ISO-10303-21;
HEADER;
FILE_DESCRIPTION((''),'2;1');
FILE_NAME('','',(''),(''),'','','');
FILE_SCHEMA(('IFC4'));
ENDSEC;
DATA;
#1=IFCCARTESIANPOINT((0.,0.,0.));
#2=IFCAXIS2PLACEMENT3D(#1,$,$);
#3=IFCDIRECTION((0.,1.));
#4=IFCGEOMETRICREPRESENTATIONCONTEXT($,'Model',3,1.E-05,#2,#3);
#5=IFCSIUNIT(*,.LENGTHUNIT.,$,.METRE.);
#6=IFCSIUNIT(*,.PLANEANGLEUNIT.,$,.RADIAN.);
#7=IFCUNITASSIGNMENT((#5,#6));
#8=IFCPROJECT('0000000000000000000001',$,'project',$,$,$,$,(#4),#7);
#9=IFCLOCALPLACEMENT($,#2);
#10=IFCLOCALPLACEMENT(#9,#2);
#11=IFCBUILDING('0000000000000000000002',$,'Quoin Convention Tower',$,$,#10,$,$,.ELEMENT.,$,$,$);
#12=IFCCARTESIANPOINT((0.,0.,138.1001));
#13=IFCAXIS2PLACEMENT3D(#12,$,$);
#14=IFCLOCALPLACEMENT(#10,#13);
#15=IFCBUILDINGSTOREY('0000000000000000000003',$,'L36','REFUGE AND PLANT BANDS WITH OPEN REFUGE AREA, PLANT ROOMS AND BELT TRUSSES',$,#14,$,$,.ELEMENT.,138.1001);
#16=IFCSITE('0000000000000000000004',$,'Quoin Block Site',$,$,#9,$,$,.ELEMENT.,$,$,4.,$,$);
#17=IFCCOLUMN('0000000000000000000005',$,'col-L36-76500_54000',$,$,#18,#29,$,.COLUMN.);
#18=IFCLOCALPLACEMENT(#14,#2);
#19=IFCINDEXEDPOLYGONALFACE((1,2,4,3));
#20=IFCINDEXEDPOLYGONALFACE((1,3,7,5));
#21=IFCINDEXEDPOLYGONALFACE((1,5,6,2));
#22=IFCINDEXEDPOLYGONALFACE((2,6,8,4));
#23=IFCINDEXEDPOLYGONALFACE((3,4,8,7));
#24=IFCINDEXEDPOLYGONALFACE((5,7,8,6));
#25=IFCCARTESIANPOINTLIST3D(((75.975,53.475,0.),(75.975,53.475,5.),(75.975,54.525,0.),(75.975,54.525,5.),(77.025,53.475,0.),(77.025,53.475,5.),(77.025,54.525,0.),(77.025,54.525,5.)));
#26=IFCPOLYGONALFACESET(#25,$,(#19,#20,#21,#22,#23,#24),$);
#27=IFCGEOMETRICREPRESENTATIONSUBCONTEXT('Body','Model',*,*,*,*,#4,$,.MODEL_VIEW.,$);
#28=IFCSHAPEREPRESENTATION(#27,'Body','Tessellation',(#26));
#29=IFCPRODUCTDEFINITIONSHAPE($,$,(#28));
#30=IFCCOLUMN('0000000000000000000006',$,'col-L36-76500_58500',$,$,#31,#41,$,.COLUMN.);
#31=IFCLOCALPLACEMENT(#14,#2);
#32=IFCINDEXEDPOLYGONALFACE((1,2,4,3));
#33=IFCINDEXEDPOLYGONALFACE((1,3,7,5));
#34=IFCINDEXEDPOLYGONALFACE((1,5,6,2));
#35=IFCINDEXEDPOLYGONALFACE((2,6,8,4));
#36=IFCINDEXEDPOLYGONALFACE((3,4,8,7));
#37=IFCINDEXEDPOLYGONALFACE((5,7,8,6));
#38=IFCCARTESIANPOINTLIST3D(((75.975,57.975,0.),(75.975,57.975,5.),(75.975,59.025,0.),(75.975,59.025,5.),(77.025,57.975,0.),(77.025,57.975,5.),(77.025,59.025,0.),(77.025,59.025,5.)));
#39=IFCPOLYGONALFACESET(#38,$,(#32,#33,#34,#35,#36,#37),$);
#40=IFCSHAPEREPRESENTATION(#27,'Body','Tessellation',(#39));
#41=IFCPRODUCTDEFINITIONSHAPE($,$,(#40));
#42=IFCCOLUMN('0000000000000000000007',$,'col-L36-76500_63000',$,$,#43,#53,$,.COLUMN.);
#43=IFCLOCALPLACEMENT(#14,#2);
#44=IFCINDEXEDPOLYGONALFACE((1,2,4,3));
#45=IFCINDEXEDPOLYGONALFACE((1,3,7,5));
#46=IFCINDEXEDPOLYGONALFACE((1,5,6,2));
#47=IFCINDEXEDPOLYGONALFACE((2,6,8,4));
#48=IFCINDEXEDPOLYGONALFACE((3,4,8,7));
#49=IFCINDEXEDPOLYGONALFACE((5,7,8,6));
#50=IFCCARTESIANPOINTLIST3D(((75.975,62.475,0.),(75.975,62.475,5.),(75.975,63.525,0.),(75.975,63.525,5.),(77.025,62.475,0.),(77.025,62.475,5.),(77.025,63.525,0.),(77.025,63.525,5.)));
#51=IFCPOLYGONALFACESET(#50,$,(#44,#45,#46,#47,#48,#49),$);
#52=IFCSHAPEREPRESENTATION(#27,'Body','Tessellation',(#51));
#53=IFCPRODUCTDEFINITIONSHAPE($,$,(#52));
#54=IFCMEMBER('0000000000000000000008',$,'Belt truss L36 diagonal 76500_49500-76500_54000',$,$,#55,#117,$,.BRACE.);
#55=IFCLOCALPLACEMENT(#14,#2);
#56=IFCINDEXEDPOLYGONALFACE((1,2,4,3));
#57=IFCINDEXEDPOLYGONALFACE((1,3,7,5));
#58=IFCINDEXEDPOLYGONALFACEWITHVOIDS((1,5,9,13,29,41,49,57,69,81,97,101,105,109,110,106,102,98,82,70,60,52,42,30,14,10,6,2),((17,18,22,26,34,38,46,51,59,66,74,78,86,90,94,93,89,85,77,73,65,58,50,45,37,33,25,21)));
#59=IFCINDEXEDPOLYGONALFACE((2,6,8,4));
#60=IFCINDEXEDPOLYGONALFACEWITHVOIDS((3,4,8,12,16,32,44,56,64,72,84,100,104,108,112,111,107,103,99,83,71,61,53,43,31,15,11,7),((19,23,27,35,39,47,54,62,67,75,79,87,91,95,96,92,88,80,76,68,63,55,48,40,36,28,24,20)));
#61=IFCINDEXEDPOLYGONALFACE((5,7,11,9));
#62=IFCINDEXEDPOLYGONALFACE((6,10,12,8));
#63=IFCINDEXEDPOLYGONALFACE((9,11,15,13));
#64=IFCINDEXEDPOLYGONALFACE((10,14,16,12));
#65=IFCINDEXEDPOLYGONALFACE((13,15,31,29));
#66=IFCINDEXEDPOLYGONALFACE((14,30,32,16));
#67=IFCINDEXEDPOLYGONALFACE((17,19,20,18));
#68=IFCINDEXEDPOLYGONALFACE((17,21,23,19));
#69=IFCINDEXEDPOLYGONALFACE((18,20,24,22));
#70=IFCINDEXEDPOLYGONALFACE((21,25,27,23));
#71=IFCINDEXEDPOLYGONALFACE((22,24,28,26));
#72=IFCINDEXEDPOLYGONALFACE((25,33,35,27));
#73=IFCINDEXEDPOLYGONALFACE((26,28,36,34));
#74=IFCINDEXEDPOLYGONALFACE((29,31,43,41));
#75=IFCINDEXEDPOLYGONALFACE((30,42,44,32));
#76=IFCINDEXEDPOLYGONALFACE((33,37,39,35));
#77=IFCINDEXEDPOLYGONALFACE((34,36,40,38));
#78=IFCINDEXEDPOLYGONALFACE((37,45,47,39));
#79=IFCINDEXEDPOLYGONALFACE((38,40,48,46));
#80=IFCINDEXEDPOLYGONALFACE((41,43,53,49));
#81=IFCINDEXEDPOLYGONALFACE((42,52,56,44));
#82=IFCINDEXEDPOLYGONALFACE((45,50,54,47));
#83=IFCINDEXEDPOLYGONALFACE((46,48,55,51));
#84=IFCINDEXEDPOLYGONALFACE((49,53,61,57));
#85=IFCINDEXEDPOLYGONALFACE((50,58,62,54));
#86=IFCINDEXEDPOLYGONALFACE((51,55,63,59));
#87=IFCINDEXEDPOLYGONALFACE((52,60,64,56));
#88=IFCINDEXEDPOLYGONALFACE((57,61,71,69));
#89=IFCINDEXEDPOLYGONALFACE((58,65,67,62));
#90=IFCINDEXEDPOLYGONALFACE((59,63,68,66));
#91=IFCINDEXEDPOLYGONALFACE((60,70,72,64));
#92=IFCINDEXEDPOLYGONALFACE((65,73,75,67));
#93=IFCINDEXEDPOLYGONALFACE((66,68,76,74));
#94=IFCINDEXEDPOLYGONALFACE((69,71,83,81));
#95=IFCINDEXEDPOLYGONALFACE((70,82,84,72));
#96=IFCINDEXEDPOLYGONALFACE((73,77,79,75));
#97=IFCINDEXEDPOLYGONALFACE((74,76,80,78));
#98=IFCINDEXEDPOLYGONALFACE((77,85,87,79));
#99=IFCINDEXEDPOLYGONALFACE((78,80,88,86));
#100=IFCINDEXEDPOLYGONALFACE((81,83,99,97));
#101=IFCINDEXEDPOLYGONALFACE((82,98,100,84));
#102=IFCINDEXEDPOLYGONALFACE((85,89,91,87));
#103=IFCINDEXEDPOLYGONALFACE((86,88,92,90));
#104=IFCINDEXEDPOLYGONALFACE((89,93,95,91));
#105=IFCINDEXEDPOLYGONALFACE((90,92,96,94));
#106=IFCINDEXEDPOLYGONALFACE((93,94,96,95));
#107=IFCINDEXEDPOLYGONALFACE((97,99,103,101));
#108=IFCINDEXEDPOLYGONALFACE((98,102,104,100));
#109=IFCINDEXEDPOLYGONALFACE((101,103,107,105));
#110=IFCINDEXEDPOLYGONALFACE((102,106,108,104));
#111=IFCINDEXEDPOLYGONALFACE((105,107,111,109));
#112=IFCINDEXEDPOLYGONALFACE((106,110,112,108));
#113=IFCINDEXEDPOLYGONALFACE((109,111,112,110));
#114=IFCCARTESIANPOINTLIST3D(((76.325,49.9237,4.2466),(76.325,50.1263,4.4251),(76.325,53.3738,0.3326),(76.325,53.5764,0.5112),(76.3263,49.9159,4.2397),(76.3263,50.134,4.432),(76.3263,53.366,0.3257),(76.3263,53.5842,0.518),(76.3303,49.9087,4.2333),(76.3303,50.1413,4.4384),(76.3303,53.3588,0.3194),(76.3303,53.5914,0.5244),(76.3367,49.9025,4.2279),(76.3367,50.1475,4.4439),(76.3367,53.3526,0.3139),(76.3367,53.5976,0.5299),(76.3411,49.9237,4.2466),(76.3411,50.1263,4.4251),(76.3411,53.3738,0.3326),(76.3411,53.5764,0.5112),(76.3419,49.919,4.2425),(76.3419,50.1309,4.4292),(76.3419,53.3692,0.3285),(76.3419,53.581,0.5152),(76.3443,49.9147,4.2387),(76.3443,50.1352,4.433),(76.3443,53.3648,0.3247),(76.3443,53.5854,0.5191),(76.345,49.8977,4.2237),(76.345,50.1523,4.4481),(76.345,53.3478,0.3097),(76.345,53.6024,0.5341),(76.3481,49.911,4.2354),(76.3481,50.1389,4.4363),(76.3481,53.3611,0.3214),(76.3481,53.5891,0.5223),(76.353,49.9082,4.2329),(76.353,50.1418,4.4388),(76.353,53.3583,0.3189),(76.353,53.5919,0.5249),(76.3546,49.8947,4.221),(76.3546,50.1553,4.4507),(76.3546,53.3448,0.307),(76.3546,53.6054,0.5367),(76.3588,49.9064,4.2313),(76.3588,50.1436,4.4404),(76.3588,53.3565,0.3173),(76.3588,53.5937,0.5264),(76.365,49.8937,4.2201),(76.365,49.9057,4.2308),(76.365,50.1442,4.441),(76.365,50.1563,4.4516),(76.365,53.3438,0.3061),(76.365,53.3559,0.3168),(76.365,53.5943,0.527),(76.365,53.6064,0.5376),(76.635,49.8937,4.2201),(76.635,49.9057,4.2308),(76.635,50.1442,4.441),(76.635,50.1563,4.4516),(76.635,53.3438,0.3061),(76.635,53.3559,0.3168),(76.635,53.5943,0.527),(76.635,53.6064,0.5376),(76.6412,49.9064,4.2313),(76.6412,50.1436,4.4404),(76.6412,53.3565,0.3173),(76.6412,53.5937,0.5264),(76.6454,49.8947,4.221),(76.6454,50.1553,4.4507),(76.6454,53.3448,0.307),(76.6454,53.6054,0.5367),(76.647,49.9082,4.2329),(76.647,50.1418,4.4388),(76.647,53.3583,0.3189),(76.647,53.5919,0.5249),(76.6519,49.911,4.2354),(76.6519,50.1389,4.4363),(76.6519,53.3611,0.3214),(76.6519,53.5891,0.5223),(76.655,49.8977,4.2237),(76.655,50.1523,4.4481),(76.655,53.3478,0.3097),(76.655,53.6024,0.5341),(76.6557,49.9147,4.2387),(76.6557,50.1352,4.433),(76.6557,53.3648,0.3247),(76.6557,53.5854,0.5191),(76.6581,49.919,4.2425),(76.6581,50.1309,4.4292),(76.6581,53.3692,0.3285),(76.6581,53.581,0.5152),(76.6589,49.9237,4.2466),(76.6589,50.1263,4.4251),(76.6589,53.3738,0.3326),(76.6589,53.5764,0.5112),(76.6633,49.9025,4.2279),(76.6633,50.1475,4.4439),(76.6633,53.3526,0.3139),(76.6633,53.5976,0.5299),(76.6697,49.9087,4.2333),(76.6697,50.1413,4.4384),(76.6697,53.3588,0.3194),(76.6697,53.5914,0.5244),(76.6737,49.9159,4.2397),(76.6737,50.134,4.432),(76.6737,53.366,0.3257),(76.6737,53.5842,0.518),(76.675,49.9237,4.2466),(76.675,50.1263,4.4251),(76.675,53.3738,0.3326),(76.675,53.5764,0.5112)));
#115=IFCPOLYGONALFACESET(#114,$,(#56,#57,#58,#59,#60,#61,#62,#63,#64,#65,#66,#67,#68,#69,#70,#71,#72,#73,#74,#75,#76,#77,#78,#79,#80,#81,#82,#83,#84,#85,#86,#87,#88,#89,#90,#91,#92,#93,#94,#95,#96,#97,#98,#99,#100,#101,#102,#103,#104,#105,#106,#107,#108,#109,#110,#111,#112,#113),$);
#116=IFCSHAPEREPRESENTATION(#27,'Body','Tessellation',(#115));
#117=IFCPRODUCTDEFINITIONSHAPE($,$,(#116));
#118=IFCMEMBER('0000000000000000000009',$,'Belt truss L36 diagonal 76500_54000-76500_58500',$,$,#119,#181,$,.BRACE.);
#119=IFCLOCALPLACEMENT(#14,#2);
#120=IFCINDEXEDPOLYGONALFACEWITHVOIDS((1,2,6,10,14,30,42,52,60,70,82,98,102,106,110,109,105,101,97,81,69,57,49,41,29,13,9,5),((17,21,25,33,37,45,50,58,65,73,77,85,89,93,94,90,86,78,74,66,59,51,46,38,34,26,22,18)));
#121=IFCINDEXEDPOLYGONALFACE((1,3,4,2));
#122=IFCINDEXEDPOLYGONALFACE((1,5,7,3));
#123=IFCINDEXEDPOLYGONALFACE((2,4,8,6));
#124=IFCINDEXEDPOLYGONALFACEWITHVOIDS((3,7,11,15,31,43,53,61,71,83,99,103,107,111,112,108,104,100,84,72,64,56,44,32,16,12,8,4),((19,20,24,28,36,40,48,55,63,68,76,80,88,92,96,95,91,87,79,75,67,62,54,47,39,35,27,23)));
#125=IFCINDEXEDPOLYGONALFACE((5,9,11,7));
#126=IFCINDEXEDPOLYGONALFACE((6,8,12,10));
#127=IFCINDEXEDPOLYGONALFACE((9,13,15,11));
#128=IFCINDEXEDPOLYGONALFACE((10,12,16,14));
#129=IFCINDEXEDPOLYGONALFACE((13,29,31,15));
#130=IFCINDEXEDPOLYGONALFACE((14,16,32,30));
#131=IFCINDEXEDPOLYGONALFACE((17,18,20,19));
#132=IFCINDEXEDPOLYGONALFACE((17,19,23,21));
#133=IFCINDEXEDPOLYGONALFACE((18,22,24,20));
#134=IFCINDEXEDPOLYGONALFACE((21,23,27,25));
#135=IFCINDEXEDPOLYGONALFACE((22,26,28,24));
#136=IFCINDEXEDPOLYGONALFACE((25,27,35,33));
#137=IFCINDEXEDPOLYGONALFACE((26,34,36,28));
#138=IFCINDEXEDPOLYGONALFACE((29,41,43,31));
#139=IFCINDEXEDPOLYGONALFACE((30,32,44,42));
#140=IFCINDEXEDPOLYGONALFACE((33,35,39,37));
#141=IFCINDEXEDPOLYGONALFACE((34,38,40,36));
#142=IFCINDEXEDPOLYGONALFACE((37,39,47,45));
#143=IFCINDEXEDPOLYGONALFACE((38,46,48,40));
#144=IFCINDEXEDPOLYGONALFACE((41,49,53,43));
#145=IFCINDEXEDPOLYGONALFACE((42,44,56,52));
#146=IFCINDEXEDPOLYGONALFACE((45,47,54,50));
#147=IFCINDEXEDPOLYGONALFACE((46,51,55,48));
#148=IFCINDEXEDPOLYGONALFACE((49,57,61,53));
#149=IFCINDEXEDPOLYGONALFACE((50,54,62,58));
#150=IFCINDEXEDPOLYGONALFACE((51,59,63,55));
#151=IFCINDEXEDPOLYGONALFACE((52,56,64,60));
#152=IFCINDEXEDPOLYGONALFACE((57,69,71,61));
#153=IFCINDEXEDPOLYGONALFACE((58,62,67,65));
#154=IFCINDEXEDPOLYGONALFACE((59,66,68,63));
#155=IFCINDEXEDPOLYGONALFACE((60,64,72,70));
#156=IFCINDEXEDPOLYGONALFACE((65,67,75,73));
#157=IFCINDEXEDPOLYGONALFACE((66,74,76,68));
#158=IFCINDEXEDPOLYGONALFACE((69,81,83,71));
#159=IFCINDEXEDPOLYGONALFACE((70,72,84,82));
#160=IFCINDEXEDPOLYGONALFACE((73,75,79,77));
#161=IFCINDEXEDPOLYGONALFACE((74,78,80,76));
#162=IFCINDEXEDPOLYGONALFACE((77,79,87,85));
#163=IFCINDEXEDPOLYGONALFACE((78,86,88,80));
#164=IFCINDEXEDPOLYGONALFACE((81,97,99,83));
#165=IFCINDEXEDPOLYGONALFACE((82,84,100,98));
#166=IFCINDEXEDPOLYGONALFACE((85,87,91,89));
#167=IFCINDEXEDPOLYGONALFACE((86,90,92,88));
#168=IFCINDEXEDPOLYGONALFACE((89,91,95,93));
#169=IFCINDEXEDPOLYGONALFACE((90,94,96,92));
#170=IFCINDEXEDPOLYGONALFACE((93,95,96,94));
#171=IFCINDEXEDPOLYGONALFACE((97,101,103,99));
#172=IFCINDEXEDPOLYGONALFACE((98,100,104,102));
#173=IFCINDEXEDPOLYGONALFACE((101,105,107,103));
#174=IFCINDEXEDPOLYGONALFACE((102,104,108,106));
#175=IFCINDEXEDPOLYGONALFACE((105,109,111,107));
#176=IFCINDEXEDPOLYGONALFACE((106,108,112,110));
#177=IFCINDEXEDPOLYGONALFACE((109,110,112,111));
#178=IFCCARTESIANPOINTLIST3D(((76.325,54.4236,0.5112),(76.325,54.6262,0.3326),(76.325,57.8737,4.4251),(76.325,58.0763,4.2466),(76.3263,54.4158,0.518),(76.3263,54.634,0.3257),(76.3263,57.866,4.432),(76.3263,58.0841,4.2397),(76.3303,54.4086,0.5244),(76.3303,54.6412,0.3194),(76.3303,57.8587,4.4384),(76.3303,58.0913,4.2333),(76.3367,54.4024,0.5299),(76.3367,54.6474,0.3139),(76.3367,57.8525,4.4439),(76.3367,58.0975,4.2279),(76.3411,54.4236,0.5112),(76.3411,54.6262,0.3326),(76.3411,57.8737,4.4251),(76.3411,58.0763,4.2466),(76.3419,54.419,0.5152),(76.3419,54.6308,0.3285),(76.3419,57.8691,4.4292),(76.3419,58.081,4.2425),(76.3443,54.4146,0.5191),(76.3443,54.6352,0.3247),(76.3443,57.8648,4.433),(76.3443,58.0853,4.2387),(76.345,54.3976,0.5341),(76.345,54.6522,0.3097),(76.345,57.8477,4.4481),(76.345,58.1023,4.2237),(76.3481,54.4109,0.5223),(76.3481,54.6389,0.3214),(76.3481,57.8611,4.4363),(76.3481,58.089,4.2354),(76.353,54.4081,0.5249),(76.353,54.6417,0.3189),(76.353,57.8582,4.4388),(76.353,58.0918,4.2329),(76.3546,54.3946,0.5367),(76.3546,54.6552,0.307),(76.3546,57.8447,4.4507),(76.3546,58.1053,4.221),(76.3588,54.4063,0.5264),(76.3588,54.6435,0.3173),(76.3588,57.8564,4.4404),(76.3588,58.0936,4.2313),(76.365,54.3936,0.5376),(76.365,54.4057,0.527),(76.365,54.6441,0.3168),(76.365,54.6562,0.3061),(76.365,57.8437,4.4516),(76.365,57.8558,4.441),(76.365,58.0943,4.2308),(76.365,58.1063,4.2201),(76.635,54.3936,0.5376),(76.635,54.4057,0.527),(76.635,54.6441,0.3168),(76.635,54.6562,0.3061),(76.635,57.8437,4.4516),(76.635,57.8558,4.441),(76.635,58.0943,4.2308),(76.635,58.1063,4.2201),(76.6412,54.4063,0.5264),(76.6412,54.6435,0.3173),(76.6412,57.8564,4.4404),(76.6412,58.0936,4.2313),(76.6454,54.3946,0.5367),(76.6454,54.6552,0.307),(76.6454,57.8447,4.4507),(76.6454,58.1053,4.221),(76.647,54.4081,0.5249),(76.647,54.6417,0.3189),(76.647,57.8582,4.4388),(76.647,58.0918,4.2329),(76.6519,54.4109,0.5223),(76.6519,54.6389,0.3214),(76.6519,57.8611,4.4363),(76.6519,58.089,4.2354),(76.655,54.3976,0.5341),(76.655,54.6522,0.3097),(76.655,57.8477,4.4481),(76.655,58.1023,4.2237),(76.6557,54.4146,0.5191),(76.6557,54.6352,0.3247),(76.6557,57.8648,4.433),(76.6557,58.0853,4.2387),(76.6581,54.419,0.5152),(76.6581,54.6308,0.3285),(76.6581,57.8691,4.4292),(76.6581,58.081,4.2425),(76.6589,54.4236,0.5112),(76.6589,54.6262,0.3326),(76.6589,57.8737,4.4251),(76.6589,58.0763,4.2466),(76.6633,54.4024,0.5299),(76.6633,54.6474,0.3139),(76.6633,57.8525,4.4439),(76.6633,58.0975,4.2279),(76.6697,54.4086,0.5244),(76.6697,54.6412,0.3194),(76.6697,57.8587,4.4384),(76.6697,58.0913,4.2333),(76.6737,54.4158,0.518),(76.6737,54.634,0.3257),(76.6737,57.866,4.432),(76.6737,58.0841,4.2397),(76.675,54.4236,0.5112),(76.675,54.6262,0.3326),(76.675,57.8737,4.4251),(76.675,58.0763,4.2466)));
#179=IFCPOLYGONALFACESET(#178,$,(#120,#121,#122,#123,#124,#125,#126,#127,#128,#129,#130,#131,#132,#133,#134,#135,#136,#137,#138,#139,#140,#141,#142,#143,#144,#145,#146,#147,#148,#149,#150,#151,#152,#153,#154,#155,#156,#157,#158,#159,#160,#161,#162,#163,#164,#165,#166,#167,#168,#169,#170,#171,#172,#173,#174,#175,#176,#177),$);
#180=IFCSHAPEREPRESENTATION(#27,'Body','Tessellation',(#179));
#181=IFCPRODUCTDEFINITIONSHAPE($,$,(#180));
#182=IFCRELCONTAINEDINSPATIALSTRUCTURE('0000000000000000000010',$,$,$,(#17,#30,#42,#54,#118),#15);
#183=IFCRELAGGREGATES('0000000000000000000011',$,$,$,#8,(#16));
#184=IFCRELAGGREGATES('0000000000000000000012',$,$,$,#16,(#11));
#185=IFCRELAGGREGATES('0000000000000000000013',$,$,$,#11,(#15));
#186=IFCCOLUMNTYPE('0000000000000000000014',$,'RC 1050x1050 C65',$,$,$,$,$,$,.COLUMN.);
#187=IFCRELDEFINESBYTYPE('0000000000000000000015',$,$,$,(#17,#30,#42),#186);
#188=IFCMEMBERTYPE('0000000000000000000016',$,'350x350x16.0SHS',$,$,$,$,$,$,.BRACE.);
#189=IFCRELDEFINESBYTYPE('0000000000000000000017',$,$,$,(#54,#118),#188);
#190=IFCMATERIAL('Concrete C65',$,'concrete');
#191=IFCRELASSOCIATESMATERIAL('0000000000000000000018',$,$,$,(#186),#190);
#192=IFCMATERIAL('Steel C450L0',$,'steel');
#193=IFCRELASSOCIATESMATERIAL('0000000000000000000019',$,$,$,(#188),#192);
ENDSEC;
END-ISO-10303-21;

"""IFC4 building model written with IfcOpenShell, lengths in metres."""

from ifc_helpers import new_model, si_unit, direction, frame, origin, origin_2d, place, context, subcontext, project, spatial, rectangle, hollow_rectangle, extrude, material, material_profile, profile_set, type_object, element, save


model = new_model("IFC4")

# Units and contexts
model_context = context("Model", 3, precision=1e-05, world=origin(), true_north=direction((0.0, 1.0)))
body_context = subcontext(model_context, "Body", "Model", "MODEL_VIEW")
ifc_project = project(units=[si_unit("LENGTHUNIT", "METRE"), si_unit("PLANEANGLEUNIT", "RADIAN")], contexts=[model_context])

# Site, building, storey
site_placement = place(None, origin())
site = spatial("IfcSite", under=ifc_project, at=site_placement, Name="Quoin Block Site", CompositionType="ELEMENT", RefElevation=4.0)
building_placement = place(site_placement, origin())
building = spatial("IfcBuilding", under=site, at=building_placement, Name="Quoin Convention Tower", CompositionType="ELEMENT")
storey_placement = place(building_placement, frame((0.0, 0.0, 138.1001)))
storey = spatial("IfcBuildingStorey", under=building, at=storey_placement, Name="L36", Description="REFUGE AND PLANT BANDS WITH OPEN REFUGE AREA, PLANT ROOMS AND BELT TRUSSES", CompositionType="ELEMENT", Elevation=138.1001)

# Columns
ifc_material_1 = material(Name="Concrete C65", Category="concrete")
ifc_material_profile_1 = material_profile(ifc_material_1, rectangle(XDim=1.05, YDim=1.05, at=origin_2d()), Name="RC 1050x1050")
ifc_profile_set_1 = profile_set([ifc_material_profile_1], Name="Concrete C65")
column_type = type_object("IfcColumnType", Name="RC 1050x1050 C65", PredefinedType="COLUMN", material=ifc_profile_set_1)
for number, where, z_axis, x_axis, name in (
    (1, (76.5, 54.0, 0.0), (0.0, 0.0, 1.0), (1.0, 0.0, 0.0), "col-L36-76500_54000"),
    (2, (76.5, 58.5, 0.0), (0.0, 0.0, 1.0), (1.0, 0.0, 0.0), "col-L36-76500_58500"),
    (3, (76.5, 63.0, 0.0), (0.0, 0.0, 1.0), (1.0, 0.0, 0.0), "col-L36-76500_63000"),
):
    element("IfcColumn", number, at=place(storey_placement, frame(where, z_axis=z_axis, x_axis=x_axis)), inside=storey, type_object=column_type, Name=name, PredefinedType="COLUMN", context=body_context, shape_type="SweptSolid", body=[
        extrude(rectangle(XDim=1.05, YDim=1.05, at=origin_2d()), origin(), (0.0, 0.0, 1.0), 5.0),
    ])

# Members
ifc_material_2 = material(Name="Steel C450L0", Category="steel")
ifc_material_profile_2 = material_profile(ifc_material_2, hollow_rectangle(XDim=0.3501, YDim=0.3501, WallThickness=0.0161, InnerFilletRadius=0.0239, OuterFilletRadius=0.04, at=origin_2d()), Name="350x350x16.0SHS")
ifc_profile_set_2 = profile_set([ifc_material_profile_2], Name="Steel C450L0")
member_type_1 = type_object("IfcMemberType", Name="350x350x16.0SHS", PredefinedType="BRACE", material=ifc_profile_set_2)
for number, where, z_axis, x_axis, name in (
    (4, (76.5, 53.4751, 0.4219), (0.0, -0.661256, 0.75016), (1.0, 0.0, 0.0), "Belt truss L36 diagonal 76500_49500-76500_54000"),
    (5, (76.5, 54.5249, 0.4219), (0.0, 0.661256, 0.75016), (-1.0, 0.0, 0.0), "Belt truss L36 diagonal 76500_54000-76500_58500"),
):
    element("IfcMember", number, at=place(storey_placement, frame(where, z_axis=z_axis, x_axis=x_axis)), inside=storey, type_object=member_type_1, Name=name, PredefinedType="BRACE", context=body_context, shape_type="SweptSolid", body=[
        extrude(hollow_rectangle(XDim=0.3501, YDim=0.3501, WallThickness=0.0161, InnerFilletRadius=0.0239, OuterFilletRadius=0.04, at=origin_2d()), origin(), (0.0, 0.0, 1.0), 5.2175),
    ])

save(model, "model.ifc")
